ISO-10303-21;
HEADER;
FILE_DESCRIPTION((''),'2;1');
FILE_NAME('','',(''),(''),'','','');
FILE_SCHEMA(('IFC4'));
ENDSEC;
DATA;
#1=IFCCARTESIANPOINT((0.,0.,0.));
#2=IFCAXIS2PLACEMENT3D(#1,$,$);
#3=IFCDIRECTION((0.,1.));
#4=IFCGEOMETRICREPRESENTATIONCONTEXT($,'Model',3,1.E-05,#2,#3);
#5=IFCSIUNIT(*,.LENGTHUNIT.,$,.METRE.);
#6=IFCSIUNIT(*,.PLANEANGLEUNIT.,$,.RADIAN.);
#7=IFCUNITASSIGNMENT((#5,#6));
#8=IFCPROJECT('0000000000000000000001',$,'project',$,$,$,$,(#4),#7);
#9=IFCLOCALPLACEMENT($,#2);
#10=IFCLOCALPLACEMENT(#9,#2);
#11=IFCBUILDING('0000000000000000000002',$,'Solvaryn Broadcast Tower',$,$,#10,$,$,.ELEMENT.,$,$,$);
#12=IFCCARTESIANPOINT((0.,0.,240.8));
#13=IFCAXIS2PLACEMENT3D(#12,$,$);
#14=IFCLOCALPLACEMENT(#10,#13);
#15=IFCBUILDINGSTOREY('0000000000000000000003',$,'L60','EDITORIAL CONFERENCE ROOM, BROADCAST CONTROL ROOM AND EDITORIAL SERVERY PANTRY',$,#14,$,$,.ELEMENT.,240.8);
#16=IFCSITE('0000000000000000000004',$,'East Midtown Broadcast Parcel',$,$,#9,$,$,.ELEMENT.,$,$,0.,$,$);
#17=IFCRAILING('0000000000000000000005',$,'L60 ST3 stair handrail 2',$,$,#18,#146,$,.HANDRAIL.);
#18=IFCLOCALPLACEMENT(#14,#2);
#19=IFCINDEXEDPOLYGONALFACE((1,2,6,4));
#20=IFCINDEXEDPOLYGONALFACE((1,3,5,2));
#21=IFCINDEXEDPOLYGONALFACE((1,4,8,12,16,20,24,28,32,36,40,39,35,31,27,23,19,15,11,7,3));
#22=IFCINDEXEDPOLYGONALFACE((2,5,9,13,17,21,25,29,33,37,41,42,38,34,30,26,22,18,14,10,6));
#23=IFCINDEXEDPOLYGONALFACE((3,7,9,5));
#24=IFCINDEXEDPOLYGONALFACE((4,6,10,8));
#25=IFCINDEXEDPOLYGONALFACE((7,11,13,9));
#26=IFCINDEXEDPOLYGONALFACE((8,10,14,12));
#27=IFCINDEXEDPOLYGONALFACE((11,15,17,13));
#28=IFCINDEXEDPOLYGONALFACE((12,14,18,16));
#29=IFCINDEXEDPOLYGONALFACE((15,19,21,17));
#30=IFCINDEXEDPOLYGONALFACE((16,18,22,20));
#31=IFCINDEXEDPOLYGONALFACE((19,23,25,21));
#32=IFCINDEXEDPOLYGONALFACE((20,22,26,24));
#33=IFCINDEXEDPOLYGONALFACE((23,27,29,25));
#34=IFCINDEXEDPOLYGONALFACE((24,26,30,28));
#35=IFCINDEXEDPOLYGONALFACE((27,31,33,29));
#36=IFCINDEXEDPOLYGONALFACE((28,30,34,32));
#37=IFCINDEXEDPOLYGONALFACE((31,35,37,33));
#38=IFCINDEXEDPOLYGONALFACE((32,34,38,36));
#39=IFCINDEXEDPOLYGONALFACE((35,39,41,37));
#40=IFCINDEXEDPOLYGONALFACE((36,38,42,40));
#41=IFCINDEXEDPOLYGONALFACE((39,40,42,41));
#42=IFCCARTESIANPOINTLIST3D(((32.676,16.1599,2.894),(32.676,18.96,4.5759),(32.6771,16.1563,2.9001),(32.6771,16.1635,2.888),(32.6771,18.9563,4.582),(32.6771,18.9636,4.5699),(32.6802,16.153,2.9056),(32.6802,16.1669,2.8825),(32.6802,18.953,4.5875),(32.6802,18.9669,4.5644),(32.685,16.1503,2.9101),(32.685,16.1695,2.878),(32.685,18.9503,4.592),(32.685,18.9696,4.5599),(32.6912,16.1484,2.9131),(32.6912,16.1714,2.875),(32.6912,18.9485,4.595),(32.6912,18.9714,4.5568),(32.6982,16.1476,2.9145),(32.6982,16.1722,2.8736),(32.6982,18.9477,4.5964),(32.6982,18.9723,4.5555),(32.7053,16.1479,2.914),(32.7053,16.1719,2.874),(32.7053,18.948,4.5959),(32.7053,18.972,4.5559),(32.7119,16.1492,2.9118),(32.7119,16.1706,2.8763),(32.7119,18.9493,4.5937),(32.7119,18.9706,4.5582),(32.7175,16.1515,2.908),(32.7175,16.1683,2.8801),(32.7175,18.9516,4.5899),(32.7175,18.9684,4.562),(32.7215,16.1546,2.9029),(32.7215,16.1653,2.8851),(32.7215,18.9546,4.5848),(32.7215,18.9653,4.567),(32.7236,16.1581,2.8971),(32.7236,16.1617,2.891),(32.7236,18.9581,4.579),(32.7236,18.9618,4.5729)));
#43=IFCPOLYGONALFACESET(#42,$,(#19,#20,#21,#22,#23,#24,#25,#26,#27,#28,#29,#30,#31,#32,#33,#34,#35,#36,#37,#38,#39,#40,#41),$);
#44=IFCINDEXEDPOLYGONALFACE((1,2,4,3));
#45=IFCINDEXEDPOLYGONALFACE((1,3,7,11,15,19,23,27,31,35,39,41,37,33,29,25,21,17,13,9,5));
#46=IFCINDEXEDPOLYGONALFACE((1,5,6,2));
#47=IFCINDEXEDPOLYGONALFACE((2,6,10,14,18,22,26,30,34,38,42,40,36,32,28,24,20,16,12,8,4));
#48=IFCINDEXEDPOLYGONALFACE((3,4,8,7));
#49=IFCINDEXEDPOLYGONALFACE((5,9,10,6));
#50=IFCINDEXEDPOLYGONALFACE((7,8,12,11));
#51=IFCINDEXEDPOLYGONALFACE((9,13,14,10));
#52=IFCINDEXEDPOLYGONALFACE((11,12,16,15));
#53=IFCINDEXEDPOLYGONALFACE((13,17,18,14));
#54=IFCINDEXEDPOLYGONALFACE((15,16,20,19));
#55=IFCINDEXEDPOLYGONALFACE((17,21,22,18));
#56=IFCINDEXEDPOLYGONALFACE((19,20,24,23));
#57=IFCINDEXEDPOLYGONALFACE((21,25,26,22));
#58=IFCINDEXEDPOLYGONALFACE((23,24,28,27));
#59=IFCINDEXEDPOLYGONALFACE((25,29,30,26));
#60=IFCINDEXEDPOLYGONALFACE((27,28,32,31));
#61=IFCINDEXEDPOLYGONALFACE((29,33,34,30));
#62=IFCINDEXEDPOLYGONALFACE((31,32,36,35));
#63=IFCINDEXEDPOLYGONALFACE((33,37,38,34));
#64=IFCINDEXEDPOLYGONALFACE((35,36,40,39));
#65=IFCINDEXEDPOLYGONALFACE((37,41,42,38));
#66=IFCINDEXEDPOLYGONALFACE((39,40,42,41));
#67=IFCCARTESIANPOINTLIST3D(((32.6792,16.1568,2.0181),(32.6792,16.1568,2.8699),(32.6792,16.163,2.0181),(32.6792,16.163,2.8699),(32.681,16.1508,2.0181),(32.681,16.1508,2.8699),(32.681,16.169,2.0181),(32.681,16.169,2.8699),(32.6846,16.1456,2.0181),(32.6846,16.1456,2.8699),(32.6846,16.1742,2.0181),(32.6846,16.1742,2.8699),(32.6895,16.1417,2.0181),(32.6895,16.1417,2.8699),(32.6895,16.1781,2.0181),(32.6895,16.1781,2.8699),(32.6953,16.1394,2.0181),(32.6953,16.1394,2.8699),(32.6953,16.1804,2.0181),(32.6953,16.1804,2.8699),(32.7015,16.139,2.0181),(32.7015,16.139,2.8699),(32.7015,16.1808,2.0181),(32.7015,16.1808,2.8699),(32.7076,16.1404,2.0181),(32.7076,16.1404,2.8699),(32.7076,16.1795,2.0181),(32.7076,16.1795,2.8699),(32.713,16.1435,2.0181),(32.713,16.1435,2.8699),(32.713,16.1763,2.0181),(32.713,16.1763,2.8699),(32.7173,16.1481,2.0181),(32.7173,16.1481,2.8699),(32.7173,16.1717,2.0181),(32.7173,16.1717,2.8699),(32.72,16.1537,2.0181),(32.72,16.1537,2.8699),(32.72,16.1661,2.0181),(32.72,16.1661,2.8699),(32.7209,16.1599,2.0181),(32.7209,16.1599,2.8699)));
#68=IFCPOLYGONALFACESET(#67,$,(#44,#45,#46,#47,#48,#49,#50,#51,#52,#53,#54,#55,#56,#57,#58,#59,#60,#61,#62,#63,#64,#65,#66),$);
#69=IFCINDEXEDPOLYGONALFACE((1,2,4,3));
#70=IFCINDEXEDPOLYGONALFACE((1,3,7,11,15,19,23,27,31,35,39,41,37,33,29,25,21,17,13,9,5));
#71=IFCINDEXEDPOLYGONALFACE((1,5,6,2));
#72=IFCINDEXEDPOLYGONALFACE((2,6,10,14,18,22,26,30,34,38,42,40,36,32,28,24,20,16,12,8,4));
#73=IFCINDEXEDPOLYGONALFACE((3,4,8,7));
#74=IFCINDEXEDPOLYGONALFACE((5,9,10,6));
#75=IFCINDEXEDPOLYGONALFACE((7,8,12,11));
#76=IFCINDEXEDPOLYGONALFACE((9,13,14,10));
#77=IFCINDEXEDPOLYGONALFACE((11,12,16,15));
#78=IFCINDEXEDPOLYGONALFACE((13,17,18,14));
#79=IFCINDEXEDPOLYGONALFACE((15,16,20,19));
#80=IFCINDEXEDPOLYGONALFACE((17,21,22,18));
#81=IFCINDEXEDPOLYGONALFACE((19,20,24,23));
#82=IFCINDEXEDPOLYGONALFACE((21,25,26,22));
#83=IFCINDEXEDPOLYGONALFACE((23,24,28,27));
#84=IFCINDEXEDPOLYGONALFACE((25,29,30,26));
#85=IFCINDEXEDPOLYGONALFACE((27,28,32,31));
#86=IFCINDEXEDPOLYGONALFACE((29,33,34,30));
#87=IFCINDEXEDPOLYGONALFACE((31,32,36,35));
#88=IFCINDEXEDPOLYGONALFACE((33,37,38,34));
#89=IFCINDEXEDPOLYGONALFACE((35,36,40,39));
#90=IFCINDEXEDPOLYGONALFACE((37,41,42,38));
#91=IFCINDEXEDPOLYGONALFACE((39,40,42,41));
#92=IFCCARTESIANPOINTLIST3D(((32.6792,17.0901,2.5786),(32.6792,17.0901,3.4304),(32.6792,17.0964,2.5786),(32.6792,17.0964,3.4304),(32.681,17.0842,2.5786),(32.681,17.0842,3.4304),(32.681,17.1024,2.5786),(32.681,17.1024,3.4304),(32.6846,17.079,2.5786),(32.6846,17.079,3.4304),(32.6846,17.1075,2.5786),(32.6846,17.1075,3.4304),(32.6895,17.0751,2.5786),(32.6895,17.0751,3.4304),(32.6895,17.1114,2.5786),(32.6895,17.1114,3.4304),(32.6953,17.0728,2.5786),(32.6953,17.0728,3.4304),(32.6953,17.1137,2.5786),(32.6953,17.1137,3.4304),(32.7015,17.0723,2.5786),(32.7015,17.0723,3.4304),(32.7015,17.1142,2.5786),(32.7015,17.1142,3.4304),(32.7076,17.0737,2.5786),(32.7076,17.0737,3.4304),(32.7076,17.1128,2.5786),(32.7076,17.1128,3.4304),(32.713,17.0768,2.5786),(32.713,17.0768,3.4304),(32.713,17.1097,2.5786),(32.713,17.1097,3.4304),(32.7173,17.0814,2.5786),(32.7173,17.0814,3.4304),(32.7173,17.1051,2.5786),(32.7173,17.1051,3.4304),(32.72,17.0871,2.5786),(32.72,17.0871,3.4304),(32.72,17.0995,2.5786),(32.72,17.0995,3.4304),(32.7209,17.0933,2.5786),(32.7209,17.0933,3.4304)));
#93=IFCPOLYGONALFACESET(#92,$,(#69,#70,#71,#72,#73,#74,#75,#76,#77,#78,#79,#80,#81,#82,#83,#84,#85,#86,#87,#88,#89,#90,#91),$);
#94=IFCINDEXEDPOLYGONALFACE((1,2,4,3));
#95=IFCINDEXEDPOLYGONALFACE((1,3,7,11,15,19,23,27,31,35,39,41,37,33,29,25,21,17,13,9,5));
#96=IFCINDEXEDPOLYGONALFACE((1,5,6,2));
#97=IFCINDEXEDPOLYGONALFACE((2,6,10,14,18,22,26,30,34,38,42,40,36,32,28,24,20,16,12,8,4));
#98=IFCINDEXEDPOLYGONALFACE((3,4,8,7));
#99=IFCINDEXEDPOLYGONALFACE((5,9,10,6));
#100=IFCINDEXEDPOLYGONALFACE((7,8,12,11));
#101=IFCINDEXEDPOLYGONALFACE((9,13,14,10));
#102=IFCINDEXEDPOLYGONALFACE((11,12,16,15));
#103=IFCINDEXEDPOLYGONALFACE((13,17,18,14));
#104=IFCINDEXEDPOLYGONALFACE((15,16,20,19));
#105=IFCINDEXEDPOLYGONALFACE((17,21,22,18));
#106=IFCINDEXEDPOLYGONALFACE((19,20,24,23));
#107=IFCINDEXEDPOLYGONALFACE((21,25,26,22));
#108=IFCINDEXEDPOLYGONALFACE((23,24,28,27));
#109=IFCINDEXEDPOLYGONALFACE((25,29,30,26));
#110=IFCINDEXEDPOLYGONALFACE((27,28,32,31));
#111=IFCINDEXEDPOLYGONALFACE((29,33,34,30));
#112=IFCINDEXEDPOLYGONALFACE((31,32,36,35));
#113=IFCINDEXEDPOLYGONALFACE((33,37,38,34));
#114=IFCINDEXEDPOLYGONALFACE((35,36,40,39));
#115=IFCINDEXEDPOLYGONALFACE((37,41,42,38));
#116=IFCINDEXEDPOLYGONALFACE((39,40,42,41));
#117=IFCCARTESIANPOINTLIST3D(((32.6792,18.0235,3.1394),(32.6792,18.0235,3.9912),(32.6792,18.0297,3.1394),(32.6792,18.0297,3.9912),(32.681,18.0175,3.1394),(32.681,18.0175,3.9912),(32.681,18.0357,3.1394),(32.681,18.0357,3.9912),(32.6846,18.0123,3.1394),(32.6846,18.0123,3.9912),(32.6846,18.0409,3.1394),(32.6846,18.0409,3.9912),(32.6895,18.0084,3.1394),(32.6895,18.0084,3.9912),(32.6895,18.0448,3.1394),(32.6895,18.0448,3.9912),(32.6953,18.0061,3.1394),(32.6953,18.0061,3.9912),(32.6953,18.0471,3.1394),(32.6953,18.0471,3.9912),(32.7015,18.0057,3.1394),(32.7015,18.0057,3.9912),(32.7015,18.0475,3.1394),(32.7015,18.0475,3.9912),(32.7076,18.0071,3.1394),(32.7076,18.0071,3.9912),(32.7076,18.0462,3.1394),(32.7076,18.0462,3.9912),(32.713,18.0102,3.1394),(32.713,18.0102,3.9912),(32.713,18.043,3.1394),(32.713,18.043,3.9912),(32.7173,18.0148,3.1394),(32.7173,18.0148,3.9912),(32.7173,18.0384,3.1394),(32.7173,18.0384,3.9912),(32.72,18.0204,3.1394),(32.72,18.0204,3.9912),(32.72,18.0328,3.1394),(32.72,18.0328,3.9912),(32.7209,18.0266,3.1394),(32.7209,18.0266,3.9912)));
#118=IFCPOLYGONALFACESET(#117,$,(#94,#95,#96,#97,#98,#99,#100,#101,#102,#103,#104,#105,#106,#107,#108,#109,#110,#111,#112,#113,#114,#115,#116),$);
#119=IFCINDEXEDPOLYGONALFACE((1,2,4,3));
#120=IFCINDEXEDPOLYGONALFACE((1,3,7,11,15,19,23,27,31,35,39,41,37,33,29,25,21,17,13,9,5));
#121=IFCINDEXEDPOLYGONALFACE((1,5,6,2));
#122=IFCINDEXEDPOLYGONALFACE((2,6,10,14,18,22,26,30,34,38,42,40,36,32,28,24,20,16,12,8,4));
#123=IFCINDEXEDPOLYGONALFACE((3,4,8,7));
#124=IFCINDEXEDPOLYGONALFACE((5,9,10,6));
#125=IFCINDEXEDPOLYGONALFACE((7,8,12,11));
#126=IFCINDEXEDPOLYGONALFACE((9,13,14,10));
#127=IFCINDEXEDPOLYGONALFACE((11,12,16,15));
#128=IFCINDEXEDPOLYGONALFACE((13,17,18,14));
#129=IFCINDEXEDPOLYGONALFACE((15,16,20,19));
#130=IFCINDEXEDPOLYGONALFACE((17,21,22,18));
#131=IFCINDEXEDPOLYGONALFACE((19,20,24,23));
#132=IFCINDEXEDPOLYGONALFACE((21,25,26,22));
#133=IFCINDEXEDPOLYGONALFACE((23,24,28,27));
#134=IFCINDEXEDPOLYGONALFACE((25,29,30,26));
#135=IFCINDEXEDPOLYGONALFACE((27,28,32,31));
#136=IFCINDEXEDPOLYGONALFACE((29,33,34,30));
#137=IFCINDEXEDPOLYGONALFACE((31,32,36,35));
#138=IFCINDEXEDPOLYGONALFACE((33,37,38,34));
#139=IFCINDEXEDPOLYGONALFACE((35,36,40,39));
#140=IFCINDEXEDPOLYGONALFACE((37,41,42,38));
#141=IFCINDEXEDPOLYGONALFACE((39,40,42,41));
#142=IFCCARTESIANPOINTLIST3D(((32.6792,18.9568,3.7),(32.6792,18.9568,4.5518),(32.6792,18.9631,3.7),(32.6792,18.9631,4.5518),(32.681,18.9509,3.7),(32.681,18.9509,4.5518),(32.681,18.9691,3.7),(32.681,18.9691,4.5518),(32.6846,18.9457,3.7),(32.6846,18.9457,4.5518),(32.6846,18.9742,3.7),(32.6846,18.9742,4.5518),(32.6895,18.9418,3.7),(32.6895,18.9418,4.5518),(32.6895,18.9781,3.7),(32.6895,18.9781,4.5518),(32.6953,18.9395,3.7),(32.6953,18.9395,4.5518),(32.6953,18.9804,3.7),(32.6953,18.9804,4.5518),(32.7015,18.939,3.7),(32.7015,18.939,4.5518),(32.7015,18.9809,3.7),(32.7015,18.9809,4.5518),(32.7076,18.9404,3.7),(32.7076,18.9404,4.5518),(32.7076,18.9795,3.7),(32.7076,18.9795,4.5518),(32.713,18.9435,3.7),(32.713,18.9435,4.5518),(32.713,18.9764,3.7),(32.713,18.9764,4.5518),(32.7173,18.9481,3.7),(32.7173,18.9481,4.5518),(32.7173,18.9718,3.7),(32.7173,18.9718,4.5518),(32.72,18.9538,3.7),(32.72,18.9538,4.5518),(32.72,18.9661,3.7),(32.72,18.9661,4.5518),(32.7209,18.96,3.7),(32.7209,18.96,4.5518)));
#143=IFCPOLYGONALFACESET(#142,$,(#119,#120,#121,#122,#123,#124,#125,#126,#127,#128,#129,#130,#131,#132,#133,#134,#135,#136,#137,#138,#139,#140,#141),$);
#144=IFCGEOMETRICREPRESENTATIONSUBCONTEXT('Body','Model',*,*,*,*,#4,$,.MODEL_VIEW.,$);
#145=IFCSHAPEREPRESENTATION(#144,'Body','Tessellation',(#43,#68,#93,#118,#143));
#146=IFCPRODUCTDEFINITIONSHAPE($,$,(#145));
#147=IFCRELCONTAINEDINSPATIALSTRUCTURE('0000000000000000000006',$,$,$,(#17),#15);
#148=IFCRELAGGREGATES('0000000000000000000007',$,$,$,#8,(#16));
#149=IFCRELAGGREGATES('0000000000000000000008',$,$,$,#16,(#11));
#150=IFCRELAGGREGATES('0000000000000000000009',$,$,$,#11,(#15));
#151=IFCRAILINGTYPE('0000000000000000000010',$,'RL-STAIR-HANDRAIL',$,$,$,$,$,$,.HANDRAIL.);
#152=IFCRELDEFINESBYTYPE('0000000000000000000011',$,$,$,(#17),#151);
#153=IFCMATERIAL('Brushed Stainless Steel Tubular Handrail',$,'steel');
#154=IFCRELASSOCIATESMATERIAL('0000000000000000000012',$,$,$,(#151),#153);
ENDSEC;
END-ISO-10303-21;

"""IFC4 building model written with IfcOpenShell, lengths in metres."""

from ifc_helpers import new_model, si_unit, direction, frame, origin, origin_2d, place, context, subcontext, project, spatial, circle, extrude, material, type_object, element, save


model = new_model("IFC4")

# Units and contexts
model_context = context("Model", 3, precision=1e-05, world=origin(), true_north=direction((0.0, 1.0)))
body_context = subcontext(model_context, "Body", "Model", "MODEL_VIEW")
ifc_project = project(units=[si_unit("LENGTHUNIT", "METRE"), si_unit("PLANEANGLEUNIT", "RADIAN")], contexts=[model_context])

# Site, building, storey
site_placement = place(None, origin())
site = spatial("IfcSite", under=ifc_project, at=site_placement, Name="East Midtown Broadcast Parcel", CompositionType="ELEMENT", RefElevation=0.0)
building_placement = place(site_placement, origin())
building = spatial("IfcBuilding", under=site, at=building_placement, Name="Solvaryn Broadcast Tower", CompositionType="ELEMENT")
storey_placement = place(building_placement, frame((0.0, 0.0, 240.8)))
storey = spatial("IfcBuildingStorey", under=building, at=storey_placement, Name="L60", Description="EDITORIAL CONFERENCE ROOM, BROADCAST CONTROL ROOM AND EDITORIAL SERVERY PANTRY", CompositionType="ELEMENT", Elevation=240.8)

# Railing
ifc_material_1 = material(Name="Brushed Stainless Steel Tubular Handrail", Category="steel")
railing_type_1 = type_object("IfcRailingType", Name="RL-STAIR-HANDRAIL", PredefinedType="HANDRAIL", material=ifc_material_1)
railing_1_placement = place(storey_placement, frame((32.7, 16.1599, 2.0181)))
element("IfcRailing", 1, at=railing_1_placement, inside=storey, type_object=railing_type_1, Name="L60 ST3 stair handrail 2", PredefinedType="HANDRAIL", context=body_context, shape_type="SweptSolid", body=[
    extrude(circle(Radius=0.0239, at=origin_2d()), frame((0.0, 0.0, 0.876), z_axis=(0.0, 0.857242, 0.514913), x_axis=(-1.0, 0.0, 0.0)), (0.0, 0.0, 1.0), 3.2664),
    extrude(circle(Radius=0.021, at=origin_2d()), origin(), (0.0, 0.0, 1.0), 0.8518),
    extrude(circle(Radius=0.021, at=origin_2d()), frame((0.0, 0.9333, 0.5605)), (0.0, 0.0, 1.0), 0.8518),
    extrude(circle(Radius=0.021, at=origin_2d()), frame((0.0, 1.8667, 1.1213)), (0.0, 0.0, 1.0), 0.8518),
    extrude(circle(Radius=0.021, at=origin_2d()), frame((0.0, 2.8, 1.6819)), (0.0, 0.0, 1.0), 0.8518),
])

save(model, "model.ifc")
